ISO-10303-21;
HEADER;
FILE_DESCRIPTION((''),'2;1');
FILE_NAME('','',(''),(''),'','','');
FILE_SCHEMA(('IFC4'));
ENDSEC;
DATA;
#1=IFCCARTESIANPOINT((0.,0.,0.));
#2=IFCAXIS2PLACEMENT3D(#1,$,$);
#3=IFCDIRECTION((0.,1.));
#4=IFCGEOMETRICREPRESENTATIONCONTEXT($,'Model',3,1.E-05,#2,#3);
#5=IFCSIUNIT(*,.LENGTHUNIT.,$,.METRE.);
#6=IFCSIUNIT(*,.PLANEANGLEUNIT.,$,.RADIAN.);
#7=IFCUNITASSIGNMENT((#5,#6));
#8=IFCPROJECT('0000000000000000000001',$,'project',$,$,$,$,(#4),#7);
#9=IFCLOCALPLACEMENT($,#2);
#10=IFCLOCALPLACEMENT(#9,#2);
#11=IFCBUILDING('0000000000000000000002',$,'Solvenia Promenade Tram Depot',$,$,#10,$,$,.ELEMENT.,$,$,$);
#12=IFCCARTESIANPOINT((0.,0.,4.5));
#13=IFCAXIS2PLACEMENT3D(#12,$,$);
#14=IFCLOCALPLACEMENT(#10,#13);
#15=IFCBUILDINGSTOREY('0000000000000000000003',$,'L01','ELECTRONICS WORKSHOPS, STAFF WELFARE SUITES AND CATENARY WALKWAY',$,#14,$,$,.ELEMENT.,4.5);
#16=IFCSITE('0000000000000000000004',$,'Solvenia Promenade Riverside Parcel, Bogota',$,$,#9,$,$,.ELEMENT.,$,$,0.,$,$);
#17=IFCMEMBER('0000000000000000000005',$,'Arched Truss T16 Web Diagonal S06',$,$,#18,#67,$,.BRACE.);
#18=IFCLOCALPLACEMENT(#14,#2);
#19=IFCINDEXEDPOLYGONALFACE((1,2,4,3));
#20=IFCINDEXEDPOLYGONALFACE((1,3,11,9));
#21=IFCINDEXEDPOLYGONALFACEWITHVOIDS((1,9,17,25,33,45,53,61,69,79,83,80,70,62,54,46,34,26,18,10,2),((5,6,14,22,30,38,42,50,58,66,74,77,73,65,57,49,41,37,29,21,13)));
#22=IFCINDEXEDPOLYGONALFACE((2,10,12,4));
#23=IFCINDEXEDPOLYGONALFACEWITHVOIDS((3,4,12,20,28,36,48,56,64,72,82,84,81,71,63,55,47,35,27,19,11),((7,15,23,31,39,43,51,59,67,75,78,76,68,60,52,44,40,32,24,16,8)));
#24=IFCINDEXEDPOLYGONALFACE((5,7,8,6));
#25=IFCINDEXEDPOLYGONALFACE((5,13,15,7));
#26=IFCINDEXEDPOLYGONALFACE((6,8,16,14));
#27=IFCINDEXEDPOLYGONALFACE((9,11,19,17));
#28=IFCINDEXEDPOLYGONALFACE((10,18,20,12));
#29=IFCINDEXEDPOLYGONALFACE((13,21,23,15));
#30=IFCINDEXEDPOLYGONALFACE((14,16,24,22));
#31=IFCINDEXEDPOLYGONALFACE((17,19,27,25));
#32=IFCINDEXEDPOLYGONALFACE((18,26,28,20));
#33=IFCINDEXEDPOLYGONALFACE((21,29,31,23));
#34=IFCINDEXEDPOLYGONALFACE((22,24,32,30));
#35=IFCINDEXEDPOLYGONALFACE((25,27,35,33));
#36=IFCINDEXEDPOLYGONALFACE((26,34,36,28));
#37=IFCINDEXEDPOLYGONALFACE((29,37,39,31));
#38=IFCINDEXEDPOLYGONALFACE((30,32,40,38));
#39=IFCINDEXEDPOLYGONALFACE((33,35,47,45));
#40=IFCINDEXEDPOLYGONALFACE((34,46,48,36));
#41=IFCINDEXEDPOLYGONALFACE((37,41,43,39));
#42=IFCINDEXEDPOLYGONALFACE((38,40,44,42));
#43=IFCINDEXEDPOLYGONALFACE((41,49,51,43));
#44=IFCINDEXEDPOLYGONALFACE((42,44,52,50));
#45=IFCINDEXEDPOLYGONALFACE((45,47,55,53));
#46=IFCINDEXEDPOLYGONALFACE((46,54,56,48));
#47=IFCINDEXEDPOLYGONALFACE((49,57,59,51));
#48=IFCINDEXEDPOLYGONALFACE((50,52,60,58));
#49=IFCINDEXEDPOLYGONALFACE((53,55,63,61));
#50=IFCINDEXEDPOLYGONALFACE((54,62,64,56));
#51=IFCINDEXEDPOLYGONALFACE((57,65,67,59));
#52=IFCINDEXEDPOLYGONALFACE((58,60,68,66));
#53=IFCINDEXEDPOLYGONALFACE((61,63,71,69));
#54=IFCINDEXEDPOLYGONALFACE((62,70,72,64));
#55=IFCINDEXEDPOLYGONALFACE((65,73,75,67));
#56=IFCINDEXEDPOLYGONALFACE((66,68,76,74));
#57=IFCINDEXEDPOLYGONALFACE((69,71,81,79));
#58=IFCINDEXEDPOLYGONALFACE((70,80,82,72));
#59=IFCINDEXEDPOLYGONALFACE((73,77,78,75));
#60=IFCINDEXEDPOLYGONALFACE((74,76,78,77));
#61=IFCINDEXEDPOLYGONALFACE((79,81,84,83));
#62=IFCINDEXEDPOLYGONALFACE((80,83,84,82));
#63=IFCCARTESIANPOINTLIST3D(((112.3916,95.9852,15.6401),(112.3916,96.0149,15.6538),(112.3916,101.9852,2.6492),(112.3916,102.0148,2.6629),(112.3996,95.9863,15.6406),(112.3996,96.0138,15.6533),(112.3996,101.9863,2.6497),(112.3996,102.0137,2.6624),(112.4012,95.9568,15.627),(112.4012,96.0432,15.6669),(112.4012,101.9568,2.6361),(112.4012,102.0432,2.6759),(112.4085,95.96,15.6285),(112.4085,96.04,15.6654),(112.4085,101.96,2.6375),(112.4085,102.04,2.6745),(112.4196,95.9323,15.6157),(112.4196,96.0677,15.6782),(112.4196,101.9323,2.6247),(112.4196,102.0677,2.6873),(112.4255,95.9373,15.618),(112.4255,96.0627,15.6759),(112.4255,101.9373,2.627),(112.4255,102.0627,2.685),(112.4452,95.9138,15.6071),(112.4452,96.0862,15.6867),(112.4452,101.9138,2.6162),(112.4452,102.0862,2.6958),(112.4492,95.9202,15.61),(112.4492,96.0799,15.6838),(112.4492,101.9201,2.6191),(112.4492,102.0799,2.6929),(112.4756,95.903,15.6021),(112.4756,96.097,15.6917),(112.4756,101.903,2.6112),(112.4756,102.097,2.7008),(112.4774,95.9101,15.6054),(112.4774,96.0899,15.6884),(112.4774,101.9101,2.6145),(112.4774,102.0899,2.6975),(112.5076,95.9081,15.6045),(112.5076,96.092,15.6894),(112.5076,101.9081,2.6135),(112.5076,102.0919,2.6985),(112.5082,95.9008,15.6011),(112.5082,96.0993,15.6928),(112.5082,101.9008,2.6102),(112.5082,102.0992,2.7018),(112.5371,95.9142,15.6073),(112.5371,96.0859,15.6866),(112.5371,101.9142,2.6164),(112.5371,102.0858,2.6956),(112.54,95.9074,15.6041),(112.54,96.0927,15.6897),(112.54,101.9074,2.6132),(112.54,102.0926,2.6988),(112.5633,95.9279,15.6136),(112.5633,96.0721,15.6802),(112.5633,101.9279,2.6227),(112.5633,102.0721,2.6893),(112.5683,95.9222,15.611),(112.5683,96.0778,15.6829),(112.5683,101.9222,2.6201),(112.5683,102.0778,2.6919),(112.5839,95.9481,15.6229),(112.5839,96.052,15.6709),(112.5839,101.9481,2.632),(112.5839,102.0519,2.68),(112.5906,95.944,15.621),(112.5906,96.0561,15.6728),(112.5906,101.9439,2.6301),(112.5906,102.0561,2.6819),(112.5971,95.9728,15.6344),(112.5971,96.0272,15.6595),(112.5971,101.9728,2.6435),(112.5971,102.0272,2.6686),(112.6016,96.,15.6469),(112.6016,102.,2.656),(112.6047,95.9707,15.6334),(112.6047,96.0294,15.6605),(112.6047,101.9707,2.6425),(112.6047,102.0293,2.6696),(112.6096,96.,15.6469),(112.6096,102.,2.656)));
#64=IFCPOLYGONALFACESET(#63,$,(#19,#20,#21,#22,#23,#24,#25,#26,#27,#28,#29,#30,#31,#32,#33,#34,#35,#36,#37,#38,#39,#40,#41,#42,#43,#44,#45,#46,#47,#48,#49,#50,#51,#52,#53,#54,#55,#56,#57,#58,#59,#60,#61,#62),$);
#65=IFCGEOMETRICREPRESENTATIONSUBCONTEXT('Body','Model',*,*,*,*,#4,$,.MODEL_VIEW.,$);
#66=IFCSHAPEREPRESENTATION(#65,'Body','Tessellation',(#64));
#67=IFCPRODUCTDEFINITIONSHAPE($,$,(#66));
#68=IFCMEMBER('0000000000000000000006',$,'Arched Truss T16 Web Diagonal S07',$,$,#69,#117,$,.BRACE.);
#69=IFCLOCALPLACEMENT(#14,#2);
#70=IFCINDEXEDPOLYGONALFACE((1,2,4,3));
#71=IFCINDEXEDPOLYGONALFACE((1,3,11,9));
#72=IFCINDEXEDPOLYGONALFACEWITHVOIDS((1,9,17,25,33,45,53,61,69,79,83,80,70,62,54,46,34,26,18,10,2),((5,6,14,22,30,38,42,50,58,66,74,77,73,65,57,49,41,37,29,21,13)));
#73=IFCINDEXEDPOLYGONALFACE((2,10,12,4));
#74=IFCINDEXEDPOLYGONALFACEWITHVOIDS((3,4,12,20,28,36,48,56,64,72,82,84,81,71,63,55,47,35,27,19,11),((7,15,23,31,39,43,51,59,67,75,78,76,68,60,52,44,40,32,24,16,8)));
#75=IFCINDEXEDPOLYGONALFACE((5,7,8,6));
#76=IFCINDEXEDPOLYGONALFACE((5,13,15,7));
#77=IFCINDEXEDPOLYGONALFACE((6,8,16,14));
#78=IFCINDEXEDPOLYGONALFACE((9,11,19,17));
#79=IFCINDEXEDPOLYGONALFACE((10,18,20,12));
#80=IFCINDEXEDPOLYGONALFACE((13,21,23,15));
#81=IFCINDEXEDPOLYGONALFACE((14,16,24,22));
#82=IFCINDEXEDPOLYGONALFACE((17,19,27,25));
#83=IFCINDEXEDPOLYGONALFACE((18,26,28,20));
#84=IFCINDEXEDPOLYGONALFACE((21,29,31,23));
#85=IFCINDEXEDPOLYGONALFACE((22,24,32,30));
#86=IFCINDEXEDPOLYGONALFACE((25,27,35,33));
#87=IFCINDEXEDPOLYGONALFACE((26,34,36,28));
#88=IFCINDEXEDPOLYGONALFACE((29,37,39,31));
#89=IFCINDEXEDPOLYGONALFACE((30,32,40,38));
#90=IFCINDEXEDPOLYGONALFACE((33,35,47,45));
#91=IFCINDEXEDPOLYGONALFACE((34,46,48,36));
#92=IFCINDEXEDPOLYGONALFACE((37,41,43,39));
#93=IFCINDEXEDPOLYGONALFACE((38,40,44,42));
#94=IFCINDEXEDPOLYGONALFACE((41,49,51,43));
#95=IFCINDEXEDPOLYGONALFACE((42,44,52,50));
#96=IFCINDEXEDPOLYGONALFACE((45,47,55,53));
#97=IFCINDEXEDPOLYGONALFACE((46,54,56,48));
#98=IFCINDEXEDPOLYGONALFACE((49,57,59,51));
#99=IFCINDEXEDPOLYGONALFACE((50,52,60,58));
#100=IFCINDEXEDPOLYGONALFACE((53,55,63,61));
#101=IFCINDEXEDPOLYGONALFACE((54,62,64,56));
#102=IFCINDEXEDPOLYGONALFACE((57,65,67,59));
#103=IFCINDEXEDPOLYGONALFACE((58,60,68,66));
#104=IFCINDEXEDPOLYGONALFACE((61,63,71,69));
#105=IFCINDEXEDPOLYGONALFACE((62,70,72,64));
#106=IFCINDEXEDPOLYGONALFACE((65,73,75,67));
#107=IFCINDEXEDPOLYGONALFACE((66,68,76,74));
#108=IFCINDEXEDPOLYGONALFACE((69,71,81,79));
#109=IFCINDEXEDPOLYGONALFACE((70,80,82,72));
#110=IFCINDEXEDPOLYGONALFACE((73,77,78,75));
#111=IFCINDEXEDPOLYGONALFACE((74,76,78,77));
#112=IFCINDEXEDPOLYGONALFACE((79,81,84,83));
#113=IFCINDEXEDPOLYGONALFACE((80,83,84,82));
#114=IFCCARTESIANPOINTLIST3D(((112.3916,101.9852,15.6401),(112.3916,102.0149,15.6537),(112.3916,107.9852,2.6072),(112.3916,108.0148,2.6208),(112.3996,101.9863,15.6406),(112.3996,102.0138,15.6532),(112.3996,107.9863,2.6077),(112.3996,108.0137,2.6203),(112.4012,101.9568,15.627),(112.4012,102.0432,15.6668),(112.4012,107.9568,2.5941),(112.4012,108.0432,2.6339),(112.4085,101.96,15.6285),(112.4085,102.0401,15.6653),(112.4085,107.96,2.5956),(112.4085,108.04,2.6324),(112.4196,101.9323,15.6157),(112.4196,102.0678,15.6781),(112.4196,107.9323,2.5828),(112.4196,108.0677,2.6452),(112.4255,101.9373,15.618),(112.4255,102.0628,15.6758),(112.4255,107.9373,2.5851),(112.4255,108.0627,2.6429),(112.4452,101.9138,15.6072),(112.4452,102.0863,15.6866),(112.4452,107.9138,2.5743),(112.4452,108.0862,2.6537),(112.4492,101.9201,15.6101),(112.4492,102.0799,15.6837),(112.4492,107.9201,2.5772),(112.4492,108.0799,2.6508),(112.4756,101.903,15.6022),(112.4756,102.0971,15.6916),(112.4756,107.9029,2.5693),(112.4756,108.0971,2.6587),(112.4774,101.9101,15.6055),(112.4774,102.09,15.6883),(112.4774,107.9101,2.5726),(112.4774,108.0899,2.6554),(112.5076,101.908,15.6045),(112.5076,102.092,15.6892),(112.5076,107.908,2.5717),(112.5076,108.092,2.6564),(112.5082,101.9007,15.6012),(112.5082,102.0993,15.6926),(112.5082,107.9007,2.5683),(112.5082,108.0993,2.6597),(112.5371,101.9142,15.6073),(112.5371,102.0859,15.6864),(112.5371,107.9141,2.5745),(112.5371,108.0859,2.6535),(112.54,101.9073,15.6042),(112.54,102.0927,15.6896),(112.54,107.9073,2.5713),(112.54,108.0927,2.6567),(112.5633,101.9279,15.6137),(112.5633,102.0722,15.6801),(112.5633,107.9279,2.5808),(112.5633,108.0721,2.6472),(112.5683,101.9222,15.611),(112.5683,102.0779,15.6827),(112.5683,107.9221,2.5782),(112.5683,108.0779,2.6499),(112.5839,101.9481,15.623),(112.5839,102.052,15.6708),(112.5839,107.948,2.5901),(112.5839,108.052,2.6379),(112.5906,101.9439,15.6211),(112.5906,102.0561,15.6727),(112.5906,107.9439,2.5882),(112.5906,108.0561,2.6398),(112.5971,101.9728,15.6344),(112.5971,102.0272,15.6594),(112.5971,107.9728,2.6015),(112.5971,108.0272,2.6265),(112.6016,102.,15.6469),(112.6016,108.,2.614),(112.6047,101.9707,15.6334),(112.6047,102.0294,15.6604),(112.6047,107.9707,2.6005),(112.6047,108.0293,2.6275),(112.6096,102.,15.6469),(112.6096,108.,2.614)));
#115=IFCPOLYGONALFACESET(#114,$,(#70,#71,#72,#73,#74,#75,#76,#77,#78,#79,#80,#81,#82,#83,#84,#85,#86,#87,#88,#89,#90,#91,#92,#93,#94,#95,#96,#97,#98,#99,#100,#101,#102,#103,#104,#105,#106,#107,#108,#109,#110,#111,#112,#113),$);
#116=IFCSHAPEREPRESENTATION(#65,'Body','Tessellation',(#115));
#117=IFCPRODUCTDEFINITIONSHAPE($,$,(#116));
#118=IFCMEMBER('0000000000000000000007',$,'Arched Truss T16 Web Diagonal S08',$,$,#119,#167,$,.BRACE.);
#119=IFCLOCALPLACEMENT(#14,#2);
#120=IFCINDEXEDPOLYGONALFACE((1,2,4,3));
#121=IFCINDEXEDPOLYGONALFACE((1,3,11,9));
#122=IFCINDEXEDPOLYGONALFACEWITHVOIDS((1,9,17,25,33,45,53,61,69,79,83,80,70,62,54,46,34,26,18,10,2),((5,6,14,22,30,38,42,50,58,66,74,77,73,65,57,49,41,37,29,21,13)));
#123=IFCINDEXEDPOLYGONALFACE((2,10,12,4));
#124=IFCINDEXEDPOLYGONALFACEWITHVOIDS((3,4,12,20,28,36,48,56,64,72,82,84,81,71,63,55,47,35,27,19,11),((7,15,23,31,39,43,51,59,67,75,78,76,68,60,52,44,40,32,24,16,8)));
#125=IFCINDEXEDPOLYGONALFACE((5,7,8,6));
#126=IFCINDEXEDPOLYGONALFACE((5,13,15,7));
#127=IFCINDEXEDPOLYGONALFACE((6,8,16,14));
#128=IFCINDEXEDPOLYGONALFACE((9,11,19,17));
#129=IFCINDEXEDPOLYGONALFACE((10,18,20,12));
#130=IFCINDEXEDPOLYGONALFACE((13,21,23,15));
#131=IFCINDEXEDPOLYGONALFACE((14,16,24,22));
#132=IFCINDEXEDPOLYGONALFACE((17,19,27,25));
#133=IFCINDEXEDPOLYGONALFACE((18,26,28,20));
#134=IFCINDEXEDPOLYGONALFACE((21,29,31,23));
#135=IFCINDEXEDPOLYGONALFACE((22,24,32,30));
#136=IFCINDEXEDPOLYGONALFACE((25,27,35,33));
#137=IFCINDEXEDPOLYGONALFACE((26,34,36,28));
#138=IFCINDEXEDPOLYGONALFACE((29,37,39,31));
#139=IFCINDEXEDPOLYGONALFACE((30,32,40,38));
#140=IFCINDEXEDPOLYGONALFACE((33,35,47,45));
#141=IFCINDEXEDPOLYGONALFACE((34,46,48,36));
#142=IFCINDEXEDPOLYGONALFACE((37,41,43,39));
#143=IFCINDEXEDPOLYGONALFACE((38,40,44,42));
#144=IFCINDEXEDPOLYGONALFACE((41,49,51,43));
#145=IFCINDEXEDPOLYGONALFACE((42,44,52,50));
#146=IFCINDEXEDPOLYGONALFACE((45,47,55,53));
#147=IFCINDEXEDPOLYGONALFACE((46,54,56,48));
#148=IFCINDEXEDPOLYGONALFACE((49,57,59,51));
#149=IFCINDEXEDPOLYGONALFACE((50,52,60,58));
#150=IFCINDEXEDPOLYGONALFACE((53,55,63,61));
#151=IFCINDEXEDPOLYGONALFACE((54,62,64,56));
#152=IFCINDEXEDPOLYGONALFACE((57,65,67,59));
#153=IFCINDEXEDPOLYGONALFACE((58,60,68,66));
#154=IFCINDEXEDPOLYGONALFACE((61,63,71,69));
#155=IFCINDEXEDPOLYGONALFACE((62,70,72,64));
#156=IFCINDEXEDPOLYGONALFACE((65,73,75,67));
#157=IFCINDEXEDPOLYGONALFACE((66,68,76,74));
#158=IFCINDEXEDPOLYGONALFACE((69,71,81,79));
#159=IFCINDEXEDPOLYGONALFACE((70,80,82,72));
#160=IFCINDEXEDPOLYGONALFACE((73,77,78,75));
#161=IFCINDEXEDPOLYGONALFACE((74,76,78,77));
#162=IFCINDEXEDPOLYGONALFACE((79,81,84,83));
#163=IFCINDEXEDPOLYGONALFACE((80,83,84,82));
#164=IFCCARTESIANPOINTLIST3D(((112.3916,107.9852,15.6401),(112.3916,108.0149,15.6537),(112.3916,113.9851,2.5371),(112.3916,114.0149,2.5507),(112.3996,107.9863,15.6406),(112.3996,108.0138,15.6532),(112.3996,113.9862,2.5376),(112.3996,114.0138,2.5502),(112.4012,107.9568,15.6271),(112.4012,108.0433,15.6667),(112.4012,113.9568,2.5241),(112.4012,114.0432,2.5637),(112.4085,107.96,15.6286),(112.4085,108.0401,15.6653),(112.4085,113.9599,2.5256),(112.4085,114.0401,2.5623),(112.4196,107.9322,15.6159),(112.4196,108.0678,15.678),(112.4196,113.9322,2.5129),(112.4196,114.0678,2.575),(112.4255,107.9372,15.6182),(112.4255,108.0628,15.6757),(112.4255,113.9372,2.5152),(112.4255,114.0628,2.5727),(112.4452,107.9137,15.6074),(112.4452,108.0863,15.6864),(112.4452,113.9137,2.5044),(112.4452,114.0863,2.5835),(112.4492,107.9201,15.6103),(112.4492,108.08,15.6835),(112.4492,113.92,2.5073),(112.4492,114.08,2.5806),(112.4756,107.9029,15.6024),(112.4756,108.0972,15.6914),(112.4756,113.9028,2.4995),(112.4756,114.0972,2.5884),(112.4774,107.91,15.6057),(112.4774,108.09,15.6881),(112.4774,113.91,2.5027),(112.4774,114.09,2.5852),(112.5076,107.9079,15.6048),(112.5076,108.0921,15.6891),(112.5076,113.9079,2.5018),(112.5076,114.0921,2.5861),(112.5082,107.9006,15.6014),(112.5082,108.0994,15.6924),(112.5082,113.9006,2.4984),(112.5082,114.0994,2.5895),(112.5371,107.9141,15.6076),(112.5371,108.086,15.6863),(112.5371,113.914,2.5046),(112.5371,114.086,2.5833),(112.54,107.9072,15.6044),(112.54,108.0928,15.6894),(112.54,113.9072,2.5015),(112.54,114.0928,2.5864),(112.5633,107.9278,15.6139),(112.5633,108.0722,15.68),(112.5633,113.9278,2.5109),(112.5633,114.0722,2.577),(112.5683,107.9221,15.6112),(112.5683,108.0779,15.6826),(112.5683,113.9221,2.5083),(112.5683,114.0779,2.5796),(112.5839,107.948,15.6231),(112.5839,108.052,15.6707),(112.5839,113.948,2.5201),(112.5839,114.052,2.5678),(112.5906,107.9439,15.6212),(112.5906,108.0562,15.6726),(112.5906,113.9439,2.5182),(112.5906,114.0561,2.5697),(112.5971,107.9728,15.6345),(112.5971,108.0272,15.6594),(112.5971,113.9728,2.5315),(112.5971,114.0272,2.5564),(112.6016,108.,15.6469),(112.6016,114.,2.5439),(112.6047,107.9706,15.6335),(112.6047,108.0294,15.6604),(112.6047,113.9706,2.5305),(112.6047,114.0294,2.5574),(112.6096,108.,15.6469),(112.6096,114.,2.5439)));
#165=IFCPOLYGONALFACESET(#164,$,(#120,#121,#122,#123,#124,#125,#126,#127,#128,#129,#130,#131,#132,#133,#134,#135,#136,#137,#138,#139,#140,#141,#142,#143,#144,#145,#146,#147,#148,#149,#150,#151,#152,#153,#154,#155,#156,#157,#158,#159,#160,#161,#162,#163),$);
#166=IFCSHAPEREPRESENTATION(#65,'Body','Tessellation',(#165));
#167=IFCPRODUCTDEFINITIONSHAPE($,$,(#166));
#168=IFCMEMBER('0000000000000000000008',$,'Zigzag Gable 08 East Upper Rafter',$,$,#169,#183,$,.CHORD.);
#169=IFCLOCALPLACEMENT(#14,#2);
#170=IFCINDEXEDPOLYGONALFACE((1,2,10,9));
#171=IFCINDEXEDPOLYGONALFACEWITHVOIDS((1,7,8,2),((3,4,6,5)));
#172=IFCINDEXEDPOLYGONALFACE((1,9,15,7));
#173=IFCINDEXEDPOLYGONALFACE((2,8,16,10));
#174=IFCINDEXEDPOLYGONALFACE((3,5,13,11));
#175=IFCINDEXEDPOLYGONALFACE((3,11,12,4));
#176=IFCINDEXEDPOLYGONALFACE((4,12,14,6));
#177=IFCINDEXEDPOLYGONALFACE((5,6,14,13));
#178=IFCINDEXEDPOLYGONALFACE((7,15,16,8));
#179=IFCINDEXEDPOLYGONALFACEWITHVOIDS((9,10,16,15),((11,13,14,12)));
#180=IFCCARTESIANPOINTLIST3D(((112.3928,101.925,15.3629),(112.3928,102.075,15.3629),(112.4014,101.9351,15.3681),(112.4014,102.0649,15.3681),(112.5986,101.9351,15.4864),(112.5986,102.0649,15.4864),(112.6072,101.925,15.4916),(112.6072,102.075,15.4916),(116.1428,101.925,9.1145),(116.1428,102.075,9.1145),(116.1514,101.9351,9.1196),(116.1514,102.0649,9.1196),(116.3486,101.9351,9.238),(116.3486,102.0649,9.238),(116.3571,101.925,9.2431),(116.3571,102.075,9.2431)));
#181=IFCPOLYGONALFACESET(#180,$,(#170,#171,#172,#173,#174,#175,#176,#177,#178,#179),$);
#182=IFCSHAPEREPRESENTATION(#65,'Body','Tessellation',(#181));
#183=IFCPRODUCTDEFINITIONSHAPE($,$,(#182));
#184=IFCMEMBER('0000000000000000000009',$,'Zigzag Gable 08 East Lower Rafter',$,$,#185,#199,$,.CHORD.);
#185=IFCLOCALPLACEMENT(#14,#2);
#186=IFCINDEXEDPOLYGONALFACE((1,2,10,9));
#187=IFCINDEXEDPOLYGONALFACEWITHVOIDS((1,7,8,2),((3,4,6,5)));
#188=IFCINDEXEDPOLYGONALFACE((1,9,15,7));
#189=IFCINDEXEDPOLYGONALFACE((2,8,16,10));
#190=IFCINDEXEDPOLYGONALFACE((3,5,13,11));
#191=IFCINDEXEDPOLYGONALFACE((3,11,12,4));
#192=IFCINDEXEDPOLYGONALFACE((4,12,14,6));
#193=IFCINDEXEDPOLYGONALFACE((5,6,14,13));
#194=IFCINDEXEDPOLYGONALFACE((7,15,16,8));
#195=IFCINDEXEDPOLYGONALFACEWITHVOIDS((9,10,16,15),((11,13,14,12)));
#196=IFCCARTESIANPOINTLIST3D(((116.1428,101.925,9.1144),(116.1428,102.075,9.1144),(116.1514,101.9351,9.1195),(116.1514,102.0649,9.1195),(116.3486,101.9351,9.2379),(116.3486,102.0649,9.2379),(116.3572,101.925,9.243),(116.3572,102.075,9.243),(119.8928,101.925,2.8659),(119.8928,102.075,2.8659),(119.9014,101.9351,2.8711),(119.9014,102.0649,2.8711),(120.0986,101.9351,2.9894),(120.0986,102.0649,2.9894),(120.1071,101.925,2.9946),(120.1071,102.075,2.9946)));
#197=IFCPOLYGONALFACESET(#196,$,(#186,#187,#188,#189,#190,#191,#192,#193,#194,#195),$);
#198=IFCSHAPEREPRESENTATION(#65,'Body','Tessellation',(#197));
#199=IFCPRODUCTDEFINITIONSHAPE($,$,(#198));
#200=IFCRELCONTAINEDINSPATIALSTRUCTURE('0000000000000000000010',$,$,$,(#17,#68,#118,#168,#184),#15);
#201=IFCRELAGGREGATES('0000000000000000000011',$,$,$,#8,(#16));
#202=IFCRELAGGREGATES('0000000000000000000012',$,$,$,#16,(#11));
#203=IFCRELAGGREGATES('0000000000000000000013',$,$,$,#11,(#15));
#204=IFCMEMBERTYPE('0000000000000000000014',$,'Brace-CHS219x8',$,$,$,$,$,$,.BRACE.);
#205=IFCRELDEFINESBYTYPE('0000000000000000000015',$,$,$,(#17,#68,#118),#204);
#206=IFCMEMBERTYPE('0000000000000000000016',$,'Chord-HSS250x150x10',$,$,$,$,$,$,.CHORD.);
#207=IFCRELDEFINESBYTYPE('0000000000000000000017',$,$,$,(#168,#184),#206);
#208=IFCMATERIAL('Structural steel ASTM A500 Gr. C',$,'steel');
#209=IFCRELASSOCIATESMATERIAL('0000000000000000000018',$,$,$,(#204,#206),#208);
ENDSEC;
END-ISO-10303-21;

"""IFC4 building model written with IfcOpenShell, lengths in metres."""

from ifc_helpers import new_model, si_unit, direction, frame, origin, origin_2d, place, context, subcontext, project, spatial, hollow_rectangle, hollow_circle, extrude, material, material_profile, profile_set, type_object, element, save


model = new_model("IFC4")

# Units and contexts
model_context = context("Model", 3, precision=1e-05, world=origin(), true_north=direction((0.0, 1.0)))
body_context = subcontext(model_context, "Body", "Model", "MODEL_VIEW")
ifc_project = project(units=[si_unit("LENGTHUNIT", "METRE"), si_unit("PLANEANGLEUNIT", "RADIAN")], contexts=[model_context])

# Site, building, storey
site_placement = place(None, origin())
site = spatial("IfcSite", under=ifc_project, at=site_placement, Name="Solvenia Promenade Riverside Parcel, Bogota", CompositionType="ELEMENT", RefElevation=0.0)
building_placement = place(site_placement, origin())
building = spatial("IfcBuilding", under=site, at=building_placement, Name="Solvenia Promenade Tram Depot", CompositionType="ELEMENT")
storey_placement = place(building_placement, frame((0.0, 0.0, 4.5)))
storey = spatial("IfcBuildingStorey", under=building, at=storey_placement, Name="L01", Description="ELECTRONICS WORKSHOPS, STAFF WELFARE SUITES AND CATENARY WALKWAY", CompositionType="ELEMENT", Elevation=4.5)

# Members
ifc_material_1 = material(Name="Structural steel ASTM A500 Gr. C", Category="steel")
ifc_material_profile_1 = material_profile(ifc_material_1, hollow_circle(Radius=0.1096, WallThickness=0.0081, at=origin_2d()), Name="CHS219.1x8", Category="steel")
ifc_profile_set_1 = profile_set([ifc_material_profile_1], Name="Structural steel ASTM A500 Gr. C")
member_type_1 = type_object("IfcMemberType", Name="Brace-CHS219x8", PredefinedType="BRACE", material=ifc_profile_set_1)
member_1_placement = place(storey_placement, frame((112.5, 102.0, 2.656), z_axis=(0.0, -0.419298, 0.907848), x_axis=(1.0, 0.0, 0.0)))
element("IfcMember", 1, at=member_1_placement, inside=storey, type_object=member_type_1, Name="Arched Truss T16 Web Diagonal S06", PredefinedType="BRACE", context=body_context, shape_type="SweptSolid", body=[
    extrude(hollow_circle(Radius=0.1096, WallThickness=0.0081, at=origin_2d()), origin(), (0.0, 0.0, 1.0), 14.3096),
])
member_2_placement = place(storey_placement, frame((112.5, 108.0, 2.614), z_axis=(0.0, -0.418184, 0.908362), x_axis=(1.0, 0.0, 0.0)))
element("IfcMember", 2, at=member_2_placement, inside=storey, type_object=member_type_1, Name="Arched Truss T16 Web Diagonal S07", PredefinedType="BRACE", context=body_context, shape_type="SweptSolid", body=[
    extrude(hollow_circle(Radius=0.1096, WallThickness=0.0081, at=origin_2d()), origin(), (0.0, 0.0, 1.0), 14.3477),
])
member_3_placement = place(storey_placement, frame((112.5, 114.0, 2.5439), z_axis=(0.0, -0.416336, 0.909211), x_axis=(1.0, 0.0, 0.0)))
element("IfcMember", 3, at=member_3_placement, inside=storey, type_object=member_type_1, Name="Arched Truss T16 Web Diagonal S08", PredefinedType="BRACE", context=body_context, shape_type="SweptSolid", body=[
    extrude(hollow_circle(Radius=0.1096, WallThickness=0.0081, at=origin_2d()), origin(), (0.0, 0.0, 1.0), 14.4114),
])
ifc_material_profile_2 = material_profile(ifc_material_1, hollow_rectangle(XDim=0.1499, YDim=0.25, WallThickness=0.01, at=origin_2d()), Name="HSS250x150x10", Category="steel")
ifc_profile_set_2 = profile_set([ifc_material_profile_2], Name="Structural steel ASTM A500 Gr. C")
member_type_2 = type_object("IfcMemberType", Name="Chord-HSS250x150x10", PredefinedType="CHORD", material=ifc_profile_set_2)
for number, where, z_axis, x_axis, name in (
    (4, (112.5, 102.0, 15.4272), (0.514584, 0.0, -0.85744), (0.0, 1.0, 0.0), "Zigzag Gable 08 East Upper Rafter"),
    (5, (116.25, 102.0, 9.1787), (0.514584, 0.0, -0.85744), (0.0, 1.0, 0.0), "Zigzag Gable 08 East Lower Rafter"),
):
    element("IfcMember", number, at=place(storey_placement, frame(where, z_axis=z_axis, x_axis=x_axis)), inside=storey, type_object=member_type_2, Name=name, PredefinedType="CHORD", context=body_context, shape_type="SweptSolid", body=[
        extrude(hollow_rectangle(XDim=0.1499, YDim=0.25, WallThickness=0.01, at=origin_2d()), origin(), (0.0, 0.0, 1.0), 7.2874),
    ])

save(model, "model.ifc")
